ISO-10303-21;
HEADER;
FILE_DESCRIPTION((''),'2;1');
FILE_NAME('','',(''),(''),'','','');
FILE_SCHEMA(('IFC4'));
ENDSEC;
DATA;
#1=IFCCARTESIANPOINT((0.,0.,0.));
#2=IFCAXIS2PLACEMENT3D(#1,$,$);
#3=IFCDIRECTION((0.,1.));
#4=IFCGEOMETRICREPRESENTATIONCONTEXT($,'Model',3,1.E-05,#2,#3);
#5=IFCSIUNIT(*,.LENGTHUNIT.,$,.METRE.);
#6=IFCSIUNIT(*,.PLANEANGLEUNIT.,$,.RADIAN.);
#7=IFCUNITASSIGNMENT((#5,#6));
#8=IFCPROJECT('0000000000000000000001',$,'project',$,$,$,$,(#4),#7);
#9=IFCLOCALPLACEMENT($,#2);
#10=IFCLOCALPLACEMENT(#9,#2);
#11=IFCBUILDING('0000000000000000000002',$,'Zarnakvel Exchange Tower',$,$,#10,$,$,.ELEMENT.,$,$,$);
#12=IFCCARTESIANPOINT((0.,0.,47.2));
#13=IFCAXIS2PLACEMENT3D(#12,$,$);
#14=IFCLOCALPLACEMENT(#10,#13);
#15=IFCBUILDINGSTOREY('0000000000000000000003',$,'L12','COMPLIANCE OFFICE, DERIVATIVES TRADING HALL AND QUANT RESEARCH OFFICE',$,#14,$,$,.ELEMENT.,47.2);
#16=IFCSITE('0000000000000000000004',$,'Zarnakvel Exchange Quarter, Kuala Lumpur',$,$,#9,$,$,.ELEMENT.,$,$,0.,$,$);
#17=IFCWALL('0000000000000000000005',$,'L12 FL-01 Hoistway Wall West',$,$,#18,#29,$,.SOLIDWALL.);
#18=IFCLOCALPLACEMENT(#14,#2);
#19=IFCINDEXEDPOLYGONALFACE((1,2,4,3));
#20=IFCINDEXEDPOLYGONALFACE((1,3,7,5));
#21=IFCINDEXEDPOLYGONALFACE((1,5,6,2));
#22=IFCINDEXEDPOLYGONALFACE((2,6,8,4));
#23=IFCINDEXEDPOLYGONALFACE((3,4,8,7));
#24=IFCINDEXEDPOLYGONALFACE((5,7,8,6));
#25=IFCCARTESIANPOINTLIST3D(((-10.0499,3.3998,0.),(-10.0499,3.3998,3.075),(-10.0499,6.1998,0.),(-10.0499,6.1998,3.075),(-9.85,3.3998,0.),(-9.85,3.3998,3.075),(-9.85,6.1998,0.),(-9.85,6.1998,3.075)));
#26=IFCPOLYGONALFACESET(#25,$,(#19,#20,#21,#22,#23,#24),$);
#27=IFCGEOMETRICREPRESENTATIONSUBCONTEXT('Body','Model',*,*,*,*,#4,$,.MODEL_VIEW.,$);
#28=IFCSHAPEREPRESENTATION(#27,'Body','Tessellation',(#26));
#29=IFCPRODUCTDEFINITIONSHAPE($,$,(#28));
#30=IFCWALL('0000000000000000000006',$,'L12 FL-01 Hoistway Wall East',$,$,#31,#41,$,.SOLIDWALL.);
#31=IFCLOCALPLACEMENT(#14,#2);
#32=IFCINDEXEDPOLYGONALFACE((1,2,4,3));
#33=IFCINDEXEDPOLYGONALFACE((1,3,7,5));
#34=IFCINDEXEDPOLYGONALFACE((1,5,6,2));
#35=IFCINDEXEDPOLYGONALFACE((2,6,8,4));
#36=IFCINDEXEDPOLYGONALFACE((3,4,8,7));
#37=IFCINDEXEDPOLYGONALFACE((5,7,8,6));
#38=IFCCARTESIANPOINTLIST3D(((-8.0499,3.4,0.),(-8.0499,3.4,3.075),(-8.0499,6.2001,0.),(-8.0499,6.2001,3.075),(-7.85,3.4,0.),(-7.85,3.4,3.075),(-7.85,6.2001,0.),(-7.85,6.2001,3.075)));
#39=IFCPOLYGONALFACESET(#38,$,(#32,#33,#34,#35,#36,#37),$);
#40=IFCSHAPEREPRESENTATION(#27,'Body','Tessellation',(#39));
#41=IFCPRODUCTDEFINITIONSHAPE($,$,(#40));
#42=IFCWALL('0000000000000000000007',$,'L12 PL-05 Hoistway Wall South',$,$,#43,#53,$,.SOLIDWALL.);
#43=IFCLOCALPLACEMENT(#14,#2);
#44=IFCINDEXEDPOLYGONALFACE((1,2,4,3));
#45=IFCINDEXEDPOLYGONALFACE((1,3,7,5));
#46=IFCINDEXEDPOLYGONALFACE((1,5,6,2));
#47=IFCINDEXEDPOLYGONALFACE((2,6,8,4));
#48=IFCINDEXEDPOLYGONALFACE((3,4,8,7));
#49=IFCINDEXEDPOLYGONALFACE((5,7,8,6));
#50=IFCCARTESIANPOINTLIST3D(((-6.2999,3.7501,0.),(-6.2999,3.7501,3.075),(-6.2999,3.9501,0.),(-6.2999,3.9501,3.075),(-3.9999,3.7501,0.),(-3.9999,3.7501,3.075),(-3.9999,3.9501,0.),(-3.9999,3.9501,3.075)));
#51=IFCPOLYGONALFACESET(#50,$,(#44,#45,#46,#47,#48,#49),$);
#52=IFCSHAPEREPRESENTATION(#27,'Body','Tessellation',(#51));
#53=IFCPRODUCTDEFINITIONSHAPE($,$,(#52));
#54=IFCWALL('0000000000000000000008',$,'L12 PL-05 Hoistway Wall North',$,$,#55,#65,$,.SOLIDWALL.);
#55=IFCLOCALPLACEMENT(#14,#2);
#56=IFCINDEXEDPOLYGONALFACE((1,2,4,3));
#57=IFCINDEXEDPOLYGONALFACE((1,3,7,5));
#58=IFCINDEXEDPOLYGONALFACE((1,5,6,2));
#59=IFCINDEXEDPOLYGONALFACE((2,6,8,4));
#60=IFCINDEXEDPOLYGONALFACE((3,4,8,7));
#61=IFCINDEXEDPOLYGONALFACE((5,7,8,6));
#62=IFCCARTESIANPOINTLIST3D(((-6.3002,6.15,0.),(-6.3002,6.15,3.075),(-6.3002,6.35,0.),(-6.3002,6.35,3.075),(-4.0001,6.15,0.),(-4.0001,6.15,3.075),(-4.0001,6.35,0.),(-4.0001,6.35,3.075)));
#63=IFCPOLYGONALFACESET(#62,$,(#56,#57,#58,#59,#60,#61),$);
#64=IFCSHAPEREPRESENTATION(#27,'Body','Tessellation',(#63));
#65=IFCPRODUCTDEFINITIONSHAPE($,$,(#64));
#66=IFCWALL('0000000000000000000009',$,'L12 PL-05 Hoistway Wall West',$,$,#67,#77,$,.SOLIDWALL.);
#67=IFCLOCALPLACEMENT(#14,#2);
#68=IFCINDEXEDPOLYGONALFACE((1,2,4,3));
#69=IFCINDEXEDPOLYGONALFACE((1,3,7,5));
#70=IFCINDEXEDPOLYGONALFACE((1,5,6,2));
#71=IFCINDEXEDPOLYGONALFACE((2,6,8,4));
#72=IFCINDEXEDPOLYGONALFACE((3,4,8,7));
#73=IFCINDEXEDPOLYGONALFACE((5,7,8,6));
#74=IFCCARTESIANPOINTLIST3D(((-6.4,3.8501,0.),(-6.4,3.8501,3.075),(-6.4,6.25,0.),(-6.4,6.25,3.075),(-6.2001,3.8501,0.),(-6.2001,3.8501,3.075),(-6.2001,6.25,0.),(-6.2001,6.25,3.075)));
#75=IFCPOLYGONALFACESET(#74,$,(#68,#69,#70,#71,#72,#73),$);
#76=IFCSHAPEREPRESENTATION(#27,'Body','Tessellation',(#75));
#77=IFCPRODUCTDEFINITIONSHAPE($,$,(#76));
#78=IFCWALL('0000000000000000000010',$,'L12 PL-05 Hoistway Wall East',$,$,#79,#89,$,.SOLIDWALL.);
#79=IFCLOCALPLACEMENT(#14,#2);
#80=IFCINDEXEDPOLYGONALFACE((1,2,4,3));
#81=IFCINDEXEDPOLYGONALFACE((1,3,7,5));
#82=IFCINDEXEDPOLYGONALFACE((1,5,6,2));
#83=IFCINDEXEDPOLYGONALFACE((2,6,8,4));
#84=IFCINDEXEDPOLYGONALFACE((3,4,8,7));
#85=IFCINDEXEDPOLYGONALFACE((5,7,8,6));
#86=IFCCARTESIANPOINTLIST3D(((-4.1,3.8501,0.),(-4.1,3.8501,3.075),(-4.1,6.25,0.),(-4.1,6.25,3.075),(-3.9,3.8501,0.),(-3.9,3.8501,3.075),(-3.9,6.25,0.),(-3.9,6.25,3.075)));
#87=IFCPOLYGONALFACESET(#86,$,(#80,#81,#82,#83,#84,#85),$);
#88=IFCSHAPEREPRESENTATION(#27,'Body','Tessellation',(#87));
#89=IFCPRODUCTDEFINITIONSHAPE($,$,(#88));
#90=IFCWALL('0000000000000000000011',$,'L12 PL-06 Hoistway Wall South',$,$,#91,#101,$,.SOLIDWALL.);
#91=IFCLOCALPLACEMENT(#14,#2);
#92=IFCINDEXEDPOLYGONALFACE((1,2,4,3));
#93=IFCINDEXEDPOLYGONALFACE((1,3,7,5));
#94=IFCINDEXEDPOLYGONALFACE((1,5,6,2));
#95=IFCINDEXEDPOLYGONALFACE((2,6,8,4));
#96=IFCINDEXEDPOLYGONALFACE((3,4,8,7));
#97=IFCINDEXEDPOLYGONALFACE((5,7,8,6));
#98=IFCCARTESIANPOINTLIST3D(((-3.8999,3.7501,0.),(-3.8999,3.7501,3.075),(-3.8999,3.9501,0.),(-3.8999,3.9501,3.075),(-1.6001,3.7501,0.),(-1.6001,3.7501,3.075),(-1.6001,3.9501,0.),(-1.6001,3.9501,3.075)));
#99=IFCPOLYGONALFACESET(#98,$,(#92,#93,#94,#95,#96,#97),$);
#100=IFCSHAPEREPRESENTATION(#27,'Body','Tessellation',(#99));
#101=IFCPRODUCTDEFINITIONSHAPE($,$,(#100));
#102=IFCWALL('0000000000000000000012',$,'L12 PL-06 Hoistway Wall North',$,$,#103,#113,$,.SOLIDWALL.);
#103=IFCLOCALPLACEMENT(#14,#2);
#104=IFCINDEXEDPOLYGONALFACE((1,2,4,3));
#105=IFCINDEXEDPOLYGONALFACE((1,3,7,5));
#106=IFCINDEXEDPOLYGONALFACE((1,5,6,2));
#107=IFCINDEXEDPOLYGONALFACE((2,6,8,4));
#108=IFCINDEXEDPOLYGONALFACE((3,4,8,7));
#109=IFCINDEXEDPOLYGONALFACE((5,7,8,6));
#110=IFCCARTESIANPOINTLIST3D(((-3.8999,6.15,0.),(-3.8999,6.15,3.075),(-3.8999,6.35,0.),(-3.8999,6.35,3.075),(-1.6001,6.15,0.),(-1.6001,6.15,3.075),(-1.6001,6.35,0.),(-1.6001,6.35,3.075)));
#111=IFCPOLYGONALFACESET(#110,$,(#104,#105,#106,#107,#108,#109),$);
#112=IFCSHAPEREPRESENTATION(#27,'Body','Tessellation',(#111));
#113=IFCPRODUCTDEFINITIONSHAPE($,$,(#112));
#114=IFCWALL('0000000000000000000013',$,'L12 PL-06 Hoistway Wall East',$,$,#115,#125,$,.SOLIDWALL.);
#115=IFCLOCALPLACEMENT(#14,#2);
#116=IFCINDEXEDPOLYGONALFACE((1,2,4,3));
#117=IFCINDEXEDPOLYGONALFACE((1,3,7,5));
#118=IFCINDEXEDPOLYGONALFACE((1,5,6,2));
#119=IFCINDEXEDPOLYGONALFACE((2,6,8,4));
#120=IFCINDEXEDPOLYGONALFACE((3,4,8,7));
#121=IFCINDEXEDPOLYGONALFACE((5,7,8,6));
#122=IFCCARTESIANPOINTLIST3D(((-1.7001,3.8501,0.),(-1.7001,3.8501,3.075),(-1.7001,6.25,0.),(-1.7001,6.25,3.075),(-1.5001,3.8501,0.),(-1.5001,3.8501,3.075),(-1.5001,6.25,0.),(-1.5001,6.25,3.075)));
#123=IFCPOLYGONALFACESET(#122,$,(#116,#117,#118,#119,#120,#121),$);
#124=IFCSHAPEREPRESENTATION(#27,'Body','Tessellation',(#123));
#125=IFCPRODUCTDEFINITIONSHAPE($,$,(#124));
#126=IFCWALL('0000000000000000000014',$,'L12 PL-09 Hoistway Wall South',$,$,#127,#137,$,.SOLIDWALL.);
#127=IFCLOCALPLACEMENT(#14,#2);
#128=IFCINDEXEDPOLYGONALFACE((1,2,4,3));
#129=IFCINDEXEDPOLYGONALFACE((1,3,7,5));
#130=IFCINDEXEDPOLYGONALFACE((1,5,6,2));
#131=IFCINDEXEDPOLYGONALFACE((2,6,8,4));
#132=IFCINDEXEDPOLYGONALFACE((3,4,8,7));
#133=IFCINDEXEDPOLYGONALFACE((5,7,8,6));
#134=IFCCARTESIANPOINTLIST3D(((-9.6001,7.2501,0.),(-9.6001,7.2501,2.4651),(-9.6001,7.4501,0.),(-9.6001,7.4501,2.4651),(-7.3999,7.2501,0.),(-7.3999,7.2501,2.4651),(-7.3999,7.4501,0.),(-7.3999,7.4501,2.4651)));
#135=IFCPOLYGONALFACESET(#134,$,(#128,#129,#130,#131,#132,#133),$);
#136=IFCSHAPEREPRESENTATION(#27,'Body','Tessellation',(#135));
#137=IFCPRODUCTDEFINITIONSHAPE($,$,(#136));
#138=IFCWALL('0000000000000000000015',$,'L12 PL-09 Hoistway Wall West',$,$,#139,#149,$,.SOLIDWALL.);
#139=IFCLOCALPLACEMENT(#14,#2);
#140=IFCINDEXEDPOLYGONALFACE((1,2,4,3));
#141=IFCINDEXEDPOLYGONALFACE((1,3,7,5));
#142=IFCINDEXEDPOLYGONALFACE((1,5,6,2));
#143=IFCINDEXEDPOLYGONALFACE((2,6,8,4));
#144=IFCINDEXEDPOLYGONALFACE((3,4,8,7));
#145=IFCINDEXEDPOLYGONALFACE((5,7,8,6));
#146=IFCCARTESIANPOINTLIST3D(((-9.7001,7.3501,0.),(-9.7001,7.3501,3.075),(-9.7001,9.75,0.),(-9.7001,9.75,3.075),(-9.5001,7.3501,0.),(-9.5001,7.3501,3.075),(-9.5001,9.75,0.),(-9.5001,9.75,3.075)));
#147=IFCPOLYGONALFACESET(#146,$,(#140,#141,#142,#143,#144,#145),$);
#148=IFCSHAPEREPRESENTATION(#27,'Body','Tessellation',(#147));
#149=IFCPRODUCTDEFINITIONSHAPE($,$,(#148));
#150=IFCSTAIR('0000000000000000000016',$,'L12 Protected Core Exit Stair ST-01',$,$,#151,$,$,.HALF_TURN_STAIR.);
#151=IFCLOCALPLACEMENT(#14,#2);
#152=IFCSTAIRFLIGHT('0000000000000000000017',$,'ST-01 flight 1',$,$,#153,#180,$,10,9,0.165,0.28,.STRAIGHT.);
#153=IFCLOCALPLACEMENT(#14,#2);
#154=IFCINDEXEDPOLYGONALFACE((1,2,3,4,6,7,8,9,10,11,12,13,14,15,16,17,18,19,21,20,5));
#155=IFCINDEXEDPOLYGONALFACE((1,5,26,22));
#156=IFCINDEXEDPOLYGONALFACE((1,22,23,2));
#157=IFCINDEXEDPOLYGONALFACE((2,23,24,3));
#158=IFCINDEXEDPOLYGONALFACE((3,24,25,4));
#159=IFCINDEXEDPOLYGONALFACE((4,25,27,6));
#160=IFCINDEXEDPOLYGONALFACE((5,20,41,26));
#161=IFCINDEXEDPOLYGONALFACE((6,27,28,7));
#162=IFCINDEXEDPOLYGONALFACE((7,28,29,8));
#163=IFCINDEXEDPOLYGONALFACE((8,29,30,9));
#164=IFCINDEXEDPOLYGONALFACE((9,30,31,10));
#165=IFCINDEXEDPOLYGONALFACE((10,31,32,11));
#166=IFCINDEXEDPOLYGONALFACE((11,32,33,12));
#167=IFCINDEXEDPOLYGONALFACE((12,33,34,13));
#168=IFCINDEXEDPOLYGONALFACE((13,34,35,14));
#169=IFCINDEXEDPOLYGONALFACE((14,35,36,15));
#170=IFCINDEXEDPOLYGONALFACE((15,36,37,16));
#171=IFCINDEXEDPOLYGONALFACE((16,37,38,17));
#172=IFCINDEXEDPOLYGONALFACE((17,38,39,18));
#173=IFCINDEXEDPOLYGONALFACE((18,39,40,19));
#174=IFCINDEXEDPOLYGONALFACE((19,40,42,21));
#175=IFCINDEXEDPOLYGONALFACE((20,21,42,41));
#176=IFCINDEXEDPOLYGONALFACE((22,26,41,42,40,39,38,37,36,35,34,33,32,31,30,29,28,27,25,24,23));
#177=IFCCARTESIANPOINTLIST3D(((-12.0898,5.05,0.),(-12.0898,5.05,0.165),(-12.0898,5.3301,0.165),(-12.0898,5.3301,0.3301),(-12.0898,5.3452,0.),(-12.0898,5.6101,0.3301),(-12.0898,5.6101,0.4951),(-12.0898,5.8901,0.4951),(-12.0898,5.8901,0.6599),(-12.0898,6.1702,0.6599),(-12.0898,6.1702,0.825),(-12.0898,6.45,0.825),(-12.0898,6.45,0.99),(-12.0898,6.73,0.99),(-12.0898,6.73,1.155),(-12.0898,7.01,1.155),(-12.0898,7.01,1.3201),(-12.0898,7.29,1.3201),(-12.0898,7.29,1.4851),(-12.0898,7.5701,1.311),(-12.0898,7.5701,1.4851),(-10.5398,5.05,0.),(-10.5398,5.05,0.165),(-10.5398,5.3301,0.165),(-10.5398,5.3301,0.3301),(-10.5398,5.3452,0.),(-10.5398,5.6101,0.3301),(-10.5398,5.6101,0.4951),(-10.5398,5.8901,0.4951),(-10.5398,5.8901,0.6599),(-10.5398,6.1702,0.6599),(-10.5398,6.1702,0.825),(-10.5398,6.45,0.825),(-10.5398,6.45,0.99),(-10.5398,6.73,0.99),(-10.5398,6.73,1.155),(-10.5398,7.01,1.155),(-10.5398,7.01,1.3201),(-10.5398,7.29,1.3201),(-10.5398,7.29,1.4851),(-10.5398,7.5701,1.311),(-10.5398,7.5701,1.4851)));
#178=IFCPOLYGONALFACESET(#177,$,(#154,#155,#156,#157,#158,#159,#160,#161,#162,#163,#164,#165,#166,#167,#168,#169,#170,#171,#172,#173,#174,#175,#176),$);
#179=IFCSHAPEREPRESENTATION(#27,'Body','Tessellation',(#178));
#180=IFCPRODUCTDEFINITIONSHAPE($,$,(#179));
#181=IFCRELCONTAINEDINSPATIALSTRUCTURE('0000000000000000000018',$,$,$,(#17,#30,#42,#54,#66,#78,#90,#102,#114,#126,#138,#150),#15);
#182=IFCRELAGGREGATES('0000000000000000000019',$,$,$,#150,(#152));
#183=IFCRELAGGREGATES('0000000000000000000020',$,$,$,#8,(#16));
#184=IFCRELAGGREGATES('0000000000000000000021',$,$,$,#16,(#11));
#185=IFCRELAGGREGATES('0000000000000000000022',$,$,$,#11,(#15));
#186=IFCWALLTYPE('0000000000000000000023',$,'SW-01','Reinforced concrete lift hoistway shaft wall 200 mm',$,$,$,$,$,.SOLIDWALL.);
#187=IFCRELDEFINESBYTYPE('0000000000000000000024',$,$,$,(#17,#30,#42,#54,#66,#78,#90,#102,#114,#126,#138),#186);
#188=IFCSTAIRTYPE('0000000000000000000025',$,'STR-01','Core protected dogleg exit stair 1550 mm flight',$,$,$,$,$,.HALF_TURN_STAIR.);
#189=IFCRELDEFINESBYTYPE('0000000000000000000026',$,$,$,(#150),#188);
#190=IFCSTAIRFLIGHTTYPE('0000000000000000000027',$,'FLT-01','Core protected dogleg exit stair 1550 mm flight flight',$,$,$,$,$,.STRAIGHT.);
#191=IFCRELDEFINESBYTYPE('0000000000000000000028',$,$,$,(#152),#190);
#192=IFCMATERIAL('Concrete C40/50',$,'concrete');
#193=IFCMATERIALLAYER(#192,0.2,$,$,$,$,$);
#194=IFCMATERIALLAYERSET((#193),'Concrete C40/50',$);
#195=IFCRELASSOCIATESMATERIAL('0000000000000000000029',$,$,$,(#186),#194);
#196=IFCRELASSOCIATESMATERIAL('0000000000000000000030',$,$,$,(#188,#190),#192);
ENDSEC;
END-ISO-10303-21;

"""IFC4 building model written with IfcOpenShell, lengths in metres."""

from ifc_helpers import new_model, si_unit, direction, frame, frame_2d, origin, place, context, subcontext, project, spatial, polyline, rectangle, outline, extrude, material, layer, layer_set, type_object, element, aggregate, save


model = new_model("IFC4")

# Units and contexts
model_context = context("Model", 3, precision=1e-05, world=origin(), true_north=direction((0.0, 1.0)))
body_context = subcontext(model_context, "Body", "Model", "MODEL_VIEW")
ifc_project = project(units=[si_unit("LENGTHUNIT", "METRE"), si_unit("PLANEANGLEUNIT", "RADIAN")], contexts=[model_context])

# Site, building, storey
site_placement = place(None, origin())
site = spatial("IfcSite", under=ifc_project, at=site_placement, Name="Zarnakvel Exchange Quarter, Kuala Lumpur", CompositionType="ELEMENT", RefElevation=0.0)
building_placement = place(site_placement, origin())
building = spatial("IfcBuilding", under=site, at=building_placement, Name="Zarnakvel Exchange Tower", CompositionType="ELEMENT")
storey_placement = place(building_placement, frame((0.0, 0.0, 47.2)))
storey = spatial("IfcBuildingStorey", under=building, at=storey_placement, Name="L12", Description="COMPLIANCE OFFICE, DERIVATIVES TRADING HALL AND QUANT RESEARCH OFFICE", CompositionType="ELEMENT", Elevation=47.2)

# Shared definitions
ifc_material_1 = material(Name="Concrete C40/50", Category="concrete")
ifc_layer_1 = layer(ifc_material_1, 0.2)
ifc_layer_set_1 = layer_set([ifc_layer_1], Name="Concrete C40/50")
wall_type_1 = type_object("IfcWallType", Name="SW-01", Description="Reinforced concrete lift hoistway shaft wall 200 mm", PredefinedType="SOLIDWALL", material=ifc_layer_set_1)

# Walls
for number, where, z_axis, x_axis, name in (
    (1, (-9.95, 3.3999, 0.0), (0.0, 0.0, 1.0), (0.0, 1.0, 0.0), "L12 FL-01 Hoistway Wall West"),
    (2, (-7.95, 6.2, 0.0), (0.0, 0.0, 1.0), (0.0, -1.0, 0.0), "L12 FL-01 Hoistway Wall East"),
):
    element("IfcWall", number, at=place(storey_placement, frame(where, z_axis=z_axis, x_axis=x_axis)), inside=storey, type_object=wall_type_1, Name=name, PredefinedType="SOLIDWALL", context=body_context, shape_type="SweptSolid", body=[
        extrude(rectangle(XDim=2.8, YDim=0.2, at=frame_2d((1.3999, 0.0))), origin(), (0.0, 0.0, 1.0), 3.075),
    ])
for number, where, z_axis, x_axis, name in (
    (3, (-4.0, 3.8501, 0.0), (0.0, 0.0, 1.0), (-1.0, 0.0, 0.0), "L12 PL-05 Hoistway Wall South"),
    (4, (-6.3, 6.25, 0.0), (0.0, 0.0, 1.0), (1.0, 0.0, 0.0), "L12 PL-05 Hoistway Wall North"),
):
    element("IfcWall", number, at=place(storey_placement, frame(where, z_axis=z_axis, x_axis=x_axis)), inside=storey, type_object=wall_type_1, Name=name, PredefinedType="SOLIDWALL", context=body_context, shape_type="SweptSolid", body=[
        extrude(rectangle(XDim=2.3, YDim=0.2, at=frame_2d((1.1499, 0.0))), origin(), (0.0, 0.0, 1.0), 3.075),
    ])
for number, where, z_axis, x_axis, name in (
    (5, (-6.3, 3.8501, 0.0), (0.0, 0.0, 1.0), (0.0, 1.0, 0.0), "L12 PL-05 Hoistway Wall West"),
    (6, (-4.0, 6.25, 0.0), (0.0, 0.0, 1.0), (0.0, -1.0, 0.0), "L12 PL-05 Hoistway Wall East"),
):
    element("IfcWall", number, at=place(storey_placement, frame(where, z_axis=z_axis, x_axis=x_axis)), inside=storey, type_object=wall_type_1, Name=name, PredefinedType="SOLIDWALL", context=body_context, shape_type="SweptSolid", body=[
        extrude(rectangle(XDim=2.3999, YDim=0.2, at=frame_2d((1.2, 0.0))), origin(), (0.0, 0.0, 1.0), 3.075),
    ])
for number, where, z_axis, x_axis, name in (
    (7, (-1.6001, 3.8501, 0.0), (0.0, 0.0, 1.0), (-1.0, 0.0, 0.0), "L12 PL-06 Hoistway Wall South"),
    (8, (-3.8999, 6.25, 0.0), (0.0, 0.0, 1.0), (1.0, 0.0, 0.0), "L12 PL-06 Hoistway Wall North"),
):
    element("IfcWall", number, at=place(storey_placement, frame(where, z_axis=z_axis, x_axis=x_axis)), inside=storey, type_object=wall_type_1, Name=name, PredefinedType="SOLIDWALL", context=body_context, shape_type="SweptSolid", body=[
        extrude(rectangle(XDim=2.2998, YDim=0.2, at=frame_2d((1.1499, 0.0))), origin(), (0.0, 0.0, 1.0), 3.075),
    ])
wall_1_placement = place(storey_placement, frame((-1.6001, 6.25, 0.0), z_axis=(0.0, 0.0, 1.0), x_axis=(0.0, -1.0, 0.0)))
element("IfcWall", 9, at=wall_1_placement, inside=storey, type_object=wall_type_1, Name="L12 PL-06 Hoistway Wall East", PredefinedType="SOLIDWALL", context=body_context, shape_type="SweptSolid", body=[
    extrude(rectangle(XDim=2.3999, YDim=0.2, at=frame_2d((1.2, 0.0))), origin(), (0.0, 0.0, 1.0), 3.075),
])
wall_2_placement = place(storey_placement, frame((-7.3999, 7.3501, 0.0), z_axis=(0.0, 0.0, 1.0), x_axis=(-1.0, 0.0, 0.0)))
element("IfcWall", 10, at=wall_2_placement, inside=storey, type_object=wall_type_1, Name="L12 PL-09 Hoistway Wall South", PredefinedType="SOLIDWALL", context=body_context, shape_type="SweptSolid", body=[
    extrude(rectangle(XDim=2.2002, YDim=0.2, at=frame_2d((1.1001, 0.0))), origin(), (0.0, 0.0, 1.0), 2.4651),
])
wall_3_placement = place(storey_placement, frame((-9.6001, 7.3501, 0.0), z_axis=(0.0, 0.0, 1.0), x_axis=(0.0, 1.0, 0.0)))
element("IfcWall", 11, at=wall_3_placement, inside=storey, type_object=wall_type_1, Name="L12 PL-09 Hoistway Wall West", PredefinedType="SOLIDWALL", context=body_context, shape_type="SweptSolid", body=[
    extrude(rectangle(XDim=2.3999, YDim=0.2, at=frame_2d((1.2, 0.0))), origin(), (0.0, 0.0, 1.0), 3.075),
])

# Stair, stair flight
stair_type = type_object("IfcStairType", Name="STR-01", Description="Core protected dogleg exit stair 1550 mm flight", PredefinedType="HALF_TURN_STAIR", material=ifc_material_1)
stair_placement = place(storey_placement, origin())
stair = element("IfcStair", 12, at=stair_placement, inside=storey, type_object=stair_type, Name="L12 Protected Core Exit Stair ST-01", PredefinedType="HALF_TURN_STAIR")
stair_flight_type = type_object("IfcStairFlightType", Name="FLT-01", Description="Core protected dogleg exit stair 1550 mm flight flight", PredefinedType="STRAIGHT", material=ifc_material_1)
stair_flight_placement = place(storey_placement, frame((-11.3149, 5.05, 0.0), z_axis=(0.0, 0.0, 1.0), x_axis=(0.0, 1.0, 0.0)))
stair_flight = element("IfcStairFlight", 13, at=stair_flight_placement, type_object=stair_flight_type, Name="ST-01 flight 1", NumberOfRisers=10, NumberOfTreads=9, PredefinedType="STRAIGHT", RiserHeight=0.165, TreadLength=0.28, context=body_context, shape_type="SweptSolid", body=[
    extrude(outline(polyline([(0.0, 0.0), (0.0, 0.165), (0.28, 0.165), (0.28, 0.3301), (0.5601, 0.3301), (0.5601, 0.4951), (0.8401, 0.4951), (0.8401, 0.6599), (1.1201, 0.6599), (1.1201, 0.825), (1.3999, 0.825), (1.3999, 0.99), (1.6799, 0.99), (1.6799, 1.155), (1.96, 1.155), (1.96, 1.3201), (2.24, 1.3201), (2.24, 1.4851), (2.52, 1.4851), (2.52, 1.6499), (2.52, 1.311), (0.2952, 0.0), (0.0, 0.0)])), frame((0.0, 0.7749, 0.0), z_axis=(0.0, -1.0, 0.0), x_axis=(1.0, 0.0, 0.0)), (0.0, 0.0, 1.0), 1.55),
])
aggregate(stair, [stair_flight])

save(model, "model.ifc")
